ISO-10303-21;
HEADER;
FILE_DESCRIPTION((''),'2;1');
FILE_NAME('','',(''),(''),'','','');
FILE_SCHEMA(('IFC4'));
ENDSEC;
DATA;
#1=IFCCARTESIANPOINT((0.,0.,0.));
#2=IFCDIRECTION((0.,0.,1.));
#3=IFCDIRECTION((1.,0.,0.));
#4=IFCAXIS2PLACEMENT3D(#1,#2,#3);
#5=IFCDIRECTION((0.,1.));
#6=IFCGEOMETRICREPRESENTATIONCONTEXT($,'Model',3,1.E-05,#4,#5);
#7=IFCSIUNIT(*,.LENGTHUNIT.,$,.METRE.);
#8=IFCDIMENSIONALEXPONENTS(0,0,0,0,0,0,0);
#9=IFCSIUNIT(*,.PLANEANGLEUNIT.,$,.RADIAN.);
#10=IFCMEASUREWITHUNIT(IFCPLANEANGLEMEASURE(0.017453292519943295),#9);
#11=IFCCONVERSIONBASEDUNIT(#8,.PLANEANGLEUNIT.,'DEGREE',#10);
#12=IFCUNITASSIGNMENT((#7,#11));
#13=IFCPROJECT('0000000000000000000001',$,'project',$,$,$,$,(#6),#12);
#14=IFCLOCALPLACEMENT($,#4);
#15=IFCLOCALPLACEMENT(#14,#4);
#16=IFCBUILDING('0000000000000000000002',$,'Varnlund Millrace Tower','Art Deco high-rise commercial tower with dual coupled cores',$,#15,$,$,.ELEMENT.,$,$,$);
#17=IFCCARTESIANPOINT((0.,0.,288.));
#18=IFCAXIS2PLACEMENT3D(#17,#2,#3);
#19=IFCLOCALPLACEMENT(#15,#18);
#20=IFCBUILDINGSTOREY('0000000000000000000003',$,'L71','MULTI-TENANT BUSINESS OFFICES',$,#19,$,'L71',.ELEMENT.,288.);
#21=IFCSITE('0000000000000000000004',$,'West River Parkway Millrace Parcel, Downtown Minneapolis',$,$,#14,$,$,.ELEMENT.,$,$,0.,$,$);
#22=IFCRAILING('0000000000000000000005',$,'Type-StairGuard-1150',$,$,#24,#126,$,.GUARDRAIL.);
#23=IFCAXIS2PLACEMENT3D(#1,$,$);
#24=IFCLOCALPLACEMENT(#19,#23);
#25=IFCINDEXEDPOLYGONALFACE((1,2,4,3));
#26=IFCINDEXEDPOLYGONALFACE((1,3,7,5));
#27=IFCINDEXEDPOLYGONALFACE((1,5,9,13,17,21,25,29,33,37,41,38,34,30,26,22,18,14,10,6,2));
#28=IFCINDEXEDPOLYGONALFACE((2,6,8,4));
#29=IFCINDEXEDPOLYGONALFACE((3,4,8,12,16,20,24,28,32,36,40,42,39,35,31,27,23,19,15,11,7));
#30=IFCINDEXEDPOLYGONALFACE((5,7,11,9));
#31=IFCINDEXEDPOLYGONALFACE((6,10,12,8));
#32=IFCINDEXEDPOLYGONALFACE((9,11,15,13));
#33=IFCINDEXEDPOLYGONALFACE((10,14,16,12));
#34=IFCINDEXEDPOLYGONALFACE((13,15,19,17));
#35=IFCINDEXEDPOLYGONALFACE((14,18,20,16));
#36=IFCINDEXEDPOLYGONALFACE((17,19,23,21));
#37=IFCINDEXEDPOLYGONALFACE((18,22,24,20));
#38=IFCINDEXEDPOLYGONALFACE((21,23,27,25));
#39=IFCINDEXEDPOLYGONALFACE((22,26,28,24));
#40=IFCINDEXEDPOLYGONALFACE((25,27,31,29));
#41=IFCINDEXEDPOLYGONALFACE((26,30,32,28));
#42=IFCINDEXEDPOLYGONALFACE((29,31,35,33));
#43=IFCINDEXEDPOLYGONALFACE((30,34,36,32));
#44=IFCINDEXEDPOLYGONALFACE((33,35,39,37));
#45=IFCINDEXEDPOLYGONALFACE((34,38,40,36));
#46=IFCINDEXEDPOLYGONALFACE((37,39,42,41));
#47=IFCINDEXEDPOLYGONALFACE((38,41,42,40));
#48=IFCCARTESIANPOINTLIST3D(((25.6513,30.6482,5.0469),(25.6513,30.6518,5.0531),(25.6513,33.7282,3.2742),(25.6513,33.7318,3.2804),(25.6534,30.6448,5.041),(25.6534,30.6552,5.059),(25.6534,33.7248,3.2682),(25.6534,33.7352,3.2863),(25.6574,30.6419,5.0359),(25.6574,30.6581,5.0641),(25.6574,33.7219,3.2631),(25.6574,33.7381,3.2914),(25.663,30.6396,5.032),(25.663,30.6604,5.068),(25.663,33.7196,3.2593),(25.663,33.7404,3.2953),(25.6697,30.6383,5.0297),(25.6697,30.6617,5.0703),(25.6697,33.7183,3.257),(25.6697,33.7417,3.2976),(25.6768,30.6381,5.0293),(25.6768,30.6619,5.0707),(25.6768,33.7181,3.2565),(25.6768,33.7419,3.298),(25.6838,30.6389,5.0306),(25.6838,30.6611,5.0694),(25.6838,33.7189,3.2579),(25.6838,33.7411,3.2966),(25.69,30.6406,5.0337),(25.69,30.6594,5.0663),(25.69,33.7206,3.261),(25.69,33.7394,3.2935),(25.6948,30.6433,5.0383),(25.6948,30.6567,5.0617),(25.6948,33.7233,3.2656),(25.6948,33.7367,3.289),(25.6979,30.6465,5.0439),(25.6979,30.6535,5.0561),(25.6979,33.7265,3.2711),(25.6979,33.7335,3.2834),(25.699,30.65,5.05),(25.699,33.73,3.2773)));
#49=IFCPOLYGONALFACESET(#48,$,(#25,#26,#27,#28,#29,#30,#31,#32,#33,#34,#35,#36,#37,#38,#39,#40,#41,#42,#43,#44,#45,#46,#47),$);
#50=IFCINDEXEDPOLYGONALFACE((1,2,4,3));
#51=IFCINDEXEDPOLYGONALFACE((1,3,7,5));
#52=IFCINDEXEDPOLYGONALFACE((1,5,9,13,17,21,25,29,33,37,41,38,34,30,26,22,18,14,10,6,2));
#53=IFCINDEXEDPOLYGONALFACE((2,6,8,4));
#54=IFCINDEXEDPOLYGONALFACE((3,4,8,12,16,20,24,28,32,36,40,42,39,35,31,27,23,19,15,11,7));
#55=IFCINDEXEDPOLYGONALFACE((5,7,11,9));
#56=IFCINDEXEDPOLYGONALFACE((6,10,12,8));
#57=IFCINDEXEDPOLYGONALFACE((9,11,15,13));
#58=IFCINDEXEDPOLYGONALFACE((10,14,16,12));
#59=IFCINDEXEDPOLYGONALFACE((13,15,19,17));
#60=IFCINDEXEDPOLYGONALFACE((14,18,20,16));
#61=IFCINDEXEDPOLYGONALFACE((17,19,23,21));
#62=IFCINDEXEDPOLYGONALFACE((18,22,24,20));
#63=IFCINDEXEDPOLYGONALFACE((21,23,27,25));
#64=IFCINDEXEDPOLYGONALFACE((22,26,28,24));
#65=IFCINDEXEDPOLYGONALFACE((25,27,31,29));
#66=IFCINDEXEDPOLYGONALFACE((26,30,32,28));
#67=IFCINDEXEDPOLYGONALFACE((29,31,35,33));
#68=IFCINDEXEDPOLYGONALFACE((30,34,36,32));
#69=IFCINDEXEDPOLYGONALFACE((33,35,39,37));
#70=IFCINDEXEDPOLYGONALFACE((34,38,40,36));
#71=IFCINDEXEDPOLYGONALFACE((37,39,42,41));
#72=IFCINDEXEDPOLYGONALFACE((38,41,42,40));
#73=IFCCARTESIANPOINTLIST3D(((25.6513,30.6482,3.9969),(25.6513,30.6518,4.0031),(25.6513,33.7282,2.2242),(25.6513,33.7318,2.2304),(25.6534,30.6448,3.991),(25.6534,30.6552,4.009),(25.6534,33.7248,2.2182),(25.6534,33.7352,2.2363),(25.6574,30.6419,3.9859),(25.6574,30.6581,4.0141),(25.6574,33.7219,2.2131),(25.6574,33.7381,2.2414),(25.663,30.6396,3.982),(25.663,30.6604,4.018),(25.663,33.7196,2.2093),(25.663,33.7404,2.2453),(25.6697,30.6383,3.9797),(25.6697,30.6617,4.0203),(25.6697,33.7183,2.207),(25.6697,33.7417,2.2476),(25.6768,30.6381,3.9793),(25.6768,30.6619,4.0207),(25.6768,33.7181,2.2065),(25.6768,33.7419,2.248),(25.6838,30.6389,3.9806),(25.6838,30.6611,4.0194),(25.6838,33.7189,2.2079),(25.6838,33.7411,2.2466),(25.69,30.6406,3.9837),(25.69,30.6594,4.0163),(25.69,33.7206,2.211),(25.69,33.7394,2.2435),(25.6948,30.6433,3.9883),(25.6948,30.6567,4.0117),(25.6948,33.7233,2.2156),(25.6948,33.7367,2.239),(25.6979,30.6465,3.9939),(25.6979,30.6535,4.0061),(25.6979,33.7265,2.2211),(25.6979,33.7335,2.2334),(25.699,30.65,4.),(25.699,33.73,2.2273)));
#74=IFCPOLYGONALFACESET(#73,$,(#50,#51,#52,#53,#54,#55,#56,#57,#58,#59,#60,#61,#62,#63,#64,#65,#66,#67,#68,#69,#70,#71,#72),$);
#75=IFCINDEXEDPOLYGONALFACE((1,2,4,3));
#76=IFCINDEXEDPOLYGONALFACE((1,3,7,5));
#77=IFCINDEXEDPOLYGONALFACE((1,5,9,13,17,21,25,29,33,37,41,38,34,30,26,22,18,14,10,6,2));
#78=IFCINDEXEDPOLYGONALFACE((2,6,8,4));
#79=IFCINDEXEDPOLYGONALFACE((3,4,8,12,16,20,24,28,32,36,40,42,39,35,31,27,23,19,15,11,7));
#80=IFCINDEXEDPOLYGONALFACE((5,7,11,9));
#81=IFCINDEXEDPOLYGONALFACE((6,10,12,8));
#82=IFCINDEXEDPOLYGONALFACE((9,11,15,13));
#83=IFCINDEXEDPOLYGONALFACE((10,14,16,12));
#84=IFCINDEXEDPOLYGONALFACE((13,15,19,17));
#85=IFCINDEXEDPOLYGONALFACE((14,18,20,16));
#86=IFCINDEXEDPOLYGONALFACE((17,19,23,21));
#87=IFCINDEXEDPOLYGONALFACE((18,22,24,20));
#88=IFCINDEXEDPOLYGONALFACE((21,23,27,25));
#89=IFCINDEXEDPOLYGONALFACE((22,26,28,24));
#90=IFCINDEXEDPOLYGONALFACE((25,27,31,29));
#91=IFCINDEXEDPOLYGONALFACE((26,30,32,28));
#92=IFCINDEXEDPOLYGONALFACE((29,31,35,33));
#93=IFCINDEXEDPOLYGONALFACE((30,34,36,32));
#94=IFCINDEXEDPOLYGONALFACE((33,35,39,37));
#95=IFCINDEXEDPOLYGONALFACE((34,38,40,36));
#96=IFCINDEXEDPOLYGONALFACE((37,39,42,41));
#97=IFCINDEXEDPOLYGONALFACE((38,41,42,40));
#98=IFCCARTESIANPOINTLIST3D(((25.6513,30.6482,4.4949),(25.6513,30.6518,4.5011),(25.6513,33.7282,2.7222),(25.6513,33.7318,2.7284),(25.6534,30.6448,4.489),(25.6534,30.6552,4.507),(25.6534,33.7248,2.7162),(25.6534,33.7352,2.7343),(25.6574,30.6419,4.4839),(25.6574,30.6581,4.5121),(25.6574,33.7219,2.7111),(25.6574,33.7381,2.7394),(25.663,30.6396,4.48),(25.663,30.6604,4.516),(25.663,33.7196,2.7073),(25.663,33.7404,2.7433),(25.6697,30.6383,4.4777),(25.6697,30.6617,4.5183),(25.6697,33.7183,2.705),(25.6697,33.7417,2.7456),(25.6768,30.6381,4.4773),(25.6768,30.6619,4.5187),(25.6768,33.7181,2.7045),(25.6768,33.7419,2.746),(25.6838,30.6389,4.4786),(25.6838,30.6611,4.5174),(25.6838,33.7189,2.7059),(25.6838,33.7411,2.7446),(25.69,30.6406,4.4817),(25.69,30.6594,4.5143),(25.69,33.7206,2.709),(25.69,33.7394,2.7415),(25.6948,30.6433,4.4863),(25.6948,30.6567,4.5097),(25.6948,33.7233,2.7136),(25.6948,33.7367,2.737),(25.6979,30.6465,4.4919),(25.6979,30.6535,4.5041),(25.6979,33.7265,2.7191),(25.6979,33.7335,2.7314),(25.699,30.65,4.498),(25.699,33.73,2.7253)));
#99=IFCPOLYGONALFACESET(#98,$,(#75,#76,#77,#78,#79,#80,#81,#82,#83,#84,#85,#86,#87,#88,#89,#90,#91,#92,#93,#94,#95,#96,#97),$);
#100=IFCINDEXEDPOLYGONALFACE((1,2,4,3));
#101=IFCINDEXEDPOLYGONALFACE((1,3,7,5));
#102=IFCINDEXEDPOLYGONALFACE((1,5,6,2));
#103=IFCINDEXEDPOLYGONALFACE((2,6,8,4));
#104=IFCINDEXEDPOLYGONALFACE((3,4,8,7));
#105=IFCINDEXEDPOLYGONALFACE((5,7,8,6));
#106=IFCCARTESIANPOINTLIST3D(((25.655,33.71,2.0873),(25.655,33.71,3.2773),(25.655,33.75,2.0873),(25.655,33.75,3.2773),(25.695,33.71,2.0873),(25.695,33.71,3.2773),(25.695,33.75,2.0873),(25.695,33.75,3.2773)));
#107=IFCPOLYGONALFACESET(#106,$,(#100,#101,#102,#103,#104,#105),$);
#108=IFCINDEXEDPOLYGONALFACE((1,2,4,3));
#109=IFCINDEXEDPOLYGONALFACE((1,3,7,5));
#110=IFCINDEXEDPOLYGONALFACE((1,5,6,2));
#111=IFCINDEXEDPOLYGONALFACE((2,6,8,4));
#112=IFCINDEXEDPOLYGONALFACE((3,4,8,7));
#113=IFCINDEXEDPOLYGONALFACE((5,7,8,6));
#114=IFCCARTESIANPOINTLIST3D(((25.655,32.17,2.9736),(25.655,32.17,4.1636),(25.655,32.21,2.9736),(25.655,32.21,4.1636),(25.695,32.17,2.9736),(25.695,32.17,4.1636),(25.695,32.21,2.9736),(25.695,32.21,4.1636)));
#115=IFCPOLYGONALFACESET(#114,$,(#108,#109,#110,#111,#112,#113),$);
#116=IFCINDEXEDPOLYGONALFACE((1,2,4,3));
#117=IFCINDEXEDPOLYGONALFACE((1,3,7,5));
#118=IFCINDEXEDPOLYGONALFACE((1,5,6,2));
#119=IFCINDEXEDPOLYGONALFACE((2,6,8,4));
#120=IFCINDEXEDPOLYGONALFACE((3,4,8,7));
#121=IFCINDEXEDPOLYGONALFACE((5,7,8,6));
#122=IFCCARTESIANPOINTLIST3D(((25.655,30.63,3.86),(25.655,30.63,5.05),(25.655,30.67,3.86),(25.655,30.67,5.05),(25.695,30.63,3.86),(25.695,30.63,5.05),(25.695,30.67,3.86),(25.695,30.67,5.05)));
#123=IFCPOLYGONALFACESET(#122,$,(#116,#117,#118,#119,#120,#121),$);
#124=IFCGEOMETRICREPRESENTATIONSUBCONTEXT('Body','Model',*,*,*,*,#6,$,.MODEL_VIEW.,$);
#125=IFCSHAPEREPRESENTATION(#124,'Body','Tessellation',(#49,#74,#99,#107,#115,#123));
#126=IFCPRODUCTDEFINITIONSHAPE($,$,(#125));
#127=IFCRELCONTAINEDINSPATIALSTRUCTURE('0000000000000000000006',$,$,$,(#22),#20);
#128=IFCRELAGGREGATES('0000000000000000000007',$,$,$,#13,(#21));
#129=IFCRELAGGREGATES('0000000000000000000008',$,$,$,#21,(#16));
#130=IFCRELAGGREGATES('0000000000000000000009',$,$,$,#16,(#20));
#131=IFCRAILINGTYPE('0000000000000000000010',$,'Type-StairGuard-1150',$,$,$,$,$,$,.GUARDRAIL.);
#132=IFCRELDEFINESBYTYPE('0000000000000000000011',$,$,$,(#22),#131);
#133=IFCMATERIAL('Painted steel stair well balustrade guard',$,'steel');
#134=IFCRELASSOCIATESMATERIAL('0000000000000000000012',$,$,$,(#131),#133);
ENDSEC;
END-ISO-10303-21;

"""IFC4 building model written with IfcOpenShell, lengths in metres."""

from ifc_helpers import new_model, entity, si_unit, converted_unit, direction, frame, origin_with_axes, origin_2d_with_axis, place, context, subcontext, project, spatial, rectangle, circle, extrude, material, type_object, element, save


model = new_model("IFC4")

# Units and contexts
model_context = context("Model", 3, precision=1e-05, world=origin_with_axes(), true_north=direction((0.0, 1.0)))
body_context = subcontext(model_context, "Body", "Model", "MODEL_VIEW")
ifc_project = project(units=[si_unit("LENGTHUNIT", "METRE"), converted_unit("PLANEANGLEUNIT", "DEGREE", entity("IfcPlaneAngleMeasure", 0.017453292519943295), si_unit("PLANEANGLEUNIT", "RADIAN"), dimensions=[0, 0, 0, 0, 0, 0, 0])], contexts=[model_context])

# Site, building, storey
site_placement = place(None, origin_with_axes())
site = spatial("IfcSite", under=ifc_project, at=site_placement, Name="West River Parkway Millrace Parcel, Downtown Minneapolis", CompositionType="ELEMENT", RefElevation=0.0)
building_placement = place(site_placement, origin_with_axes())
building = spatial("IfcBuilding", under=site, at=building_placement, Name="Varnlund Millrace Tower", Description="Art Deco high-rise commercial tower with dual coupled cores", CompositionType="ELEMENT")
storey_placement = place(building_placement, frame((0.0, 0.0, 288.0), z_axis=(0.0, 0.0, 1.0), x_axis=(1.0, 0.0, 0.0)))
storey = spatial("IfcBuildingStorey", under=building, at=storey_placement, Name="L71", Description="MULTI-TENANT BUSINESS OFFICES", LongName="L71", CompositionType="ELEMENT", Elevation=288.0)

# Railing
ifc_material_1 = material(Name="Painted steel stair well balustrade guard", Category="steel")
railing_type_1 = type_object("IfcRailingType", Name="Type-StairGuard-1150", PredefinedType="GUARDRAIL", material=ifc_material_1)
railing_1_placement = place(storey_placement, frame((0.0, 0.0, -288.0), z_axis=(0.0, 0.0, 1.0), x_axis=(1.0, 0.0, 0.0)))
element("IfcRailing", 1, at=railing_1_placement, inside=storey, type_object=railing_type_1, Name="Type-StairGuard-1150", PredefinedType="GUARDRAIL", context=body_context, shape_type="SweptSolid", body=[
    extrude(circle(Radius=0.024, at=origin_2d_with_axis()), frame((25.675, 33.73, 291.2773), z_axis=(0.0, -0.866696, 0.498836), x_axis=(1.0, 0.0, 0.0)), (0.0, 0.0, 1.0), 3.5537),
    extrude(circle(Radius=0.024, at=origin_2d_with_axis()), frame((25.675, 33.73, 290.2273), z_axis=(0.0, -0.866696, 0.498836), x_axis=(1.0, 0.0, 0.0)), (0.0, 0.0, 1.0), 3.5537),
    extrude(circle(Radius=0.024, at=origin_2d_with_axis()), frame((25.675, 33.73, 290.7253), z_axis=(0.0, -0.866696, 0.498836), x_axis=(1.0, 0.0, 0.0)), (0.0, 0.0, 1.0), 3.5537),
    extrude(rectangle(XDim=0.04, YDim=0.04, at=origin_2d_with_axis()), frame((25.675, 33.73, 290.0873), z_axis=(0.0, 0.0, 1.0), x_axis=(1.0, 0.0, 0.0)), (0.0, 0.0, 1.0), 1.19),
    extrude(rectangle(XDim=0.04, YDim=0.04, at=origin_2d_with_axis()), frame((25.675, 32.19, 290.9736), z_axis=(0.0, 0.0, 1.0), x_axis=(1.0, 0.0, 0.0)), (0.0, 0.0, 1.0), 1.19),
    extrude(rectangle(XDim=0.04, YDim=0.04, at=origin_2d_with_axis()), frame((25.675, 30.65, 291.86), z_axis=(0.0, 0.0, 1.0), x_axis=(1.0, 0.0, 0.0)), (0.0, 0.0, 1.0), 1.19),
])

save(model, "model.ifc")
